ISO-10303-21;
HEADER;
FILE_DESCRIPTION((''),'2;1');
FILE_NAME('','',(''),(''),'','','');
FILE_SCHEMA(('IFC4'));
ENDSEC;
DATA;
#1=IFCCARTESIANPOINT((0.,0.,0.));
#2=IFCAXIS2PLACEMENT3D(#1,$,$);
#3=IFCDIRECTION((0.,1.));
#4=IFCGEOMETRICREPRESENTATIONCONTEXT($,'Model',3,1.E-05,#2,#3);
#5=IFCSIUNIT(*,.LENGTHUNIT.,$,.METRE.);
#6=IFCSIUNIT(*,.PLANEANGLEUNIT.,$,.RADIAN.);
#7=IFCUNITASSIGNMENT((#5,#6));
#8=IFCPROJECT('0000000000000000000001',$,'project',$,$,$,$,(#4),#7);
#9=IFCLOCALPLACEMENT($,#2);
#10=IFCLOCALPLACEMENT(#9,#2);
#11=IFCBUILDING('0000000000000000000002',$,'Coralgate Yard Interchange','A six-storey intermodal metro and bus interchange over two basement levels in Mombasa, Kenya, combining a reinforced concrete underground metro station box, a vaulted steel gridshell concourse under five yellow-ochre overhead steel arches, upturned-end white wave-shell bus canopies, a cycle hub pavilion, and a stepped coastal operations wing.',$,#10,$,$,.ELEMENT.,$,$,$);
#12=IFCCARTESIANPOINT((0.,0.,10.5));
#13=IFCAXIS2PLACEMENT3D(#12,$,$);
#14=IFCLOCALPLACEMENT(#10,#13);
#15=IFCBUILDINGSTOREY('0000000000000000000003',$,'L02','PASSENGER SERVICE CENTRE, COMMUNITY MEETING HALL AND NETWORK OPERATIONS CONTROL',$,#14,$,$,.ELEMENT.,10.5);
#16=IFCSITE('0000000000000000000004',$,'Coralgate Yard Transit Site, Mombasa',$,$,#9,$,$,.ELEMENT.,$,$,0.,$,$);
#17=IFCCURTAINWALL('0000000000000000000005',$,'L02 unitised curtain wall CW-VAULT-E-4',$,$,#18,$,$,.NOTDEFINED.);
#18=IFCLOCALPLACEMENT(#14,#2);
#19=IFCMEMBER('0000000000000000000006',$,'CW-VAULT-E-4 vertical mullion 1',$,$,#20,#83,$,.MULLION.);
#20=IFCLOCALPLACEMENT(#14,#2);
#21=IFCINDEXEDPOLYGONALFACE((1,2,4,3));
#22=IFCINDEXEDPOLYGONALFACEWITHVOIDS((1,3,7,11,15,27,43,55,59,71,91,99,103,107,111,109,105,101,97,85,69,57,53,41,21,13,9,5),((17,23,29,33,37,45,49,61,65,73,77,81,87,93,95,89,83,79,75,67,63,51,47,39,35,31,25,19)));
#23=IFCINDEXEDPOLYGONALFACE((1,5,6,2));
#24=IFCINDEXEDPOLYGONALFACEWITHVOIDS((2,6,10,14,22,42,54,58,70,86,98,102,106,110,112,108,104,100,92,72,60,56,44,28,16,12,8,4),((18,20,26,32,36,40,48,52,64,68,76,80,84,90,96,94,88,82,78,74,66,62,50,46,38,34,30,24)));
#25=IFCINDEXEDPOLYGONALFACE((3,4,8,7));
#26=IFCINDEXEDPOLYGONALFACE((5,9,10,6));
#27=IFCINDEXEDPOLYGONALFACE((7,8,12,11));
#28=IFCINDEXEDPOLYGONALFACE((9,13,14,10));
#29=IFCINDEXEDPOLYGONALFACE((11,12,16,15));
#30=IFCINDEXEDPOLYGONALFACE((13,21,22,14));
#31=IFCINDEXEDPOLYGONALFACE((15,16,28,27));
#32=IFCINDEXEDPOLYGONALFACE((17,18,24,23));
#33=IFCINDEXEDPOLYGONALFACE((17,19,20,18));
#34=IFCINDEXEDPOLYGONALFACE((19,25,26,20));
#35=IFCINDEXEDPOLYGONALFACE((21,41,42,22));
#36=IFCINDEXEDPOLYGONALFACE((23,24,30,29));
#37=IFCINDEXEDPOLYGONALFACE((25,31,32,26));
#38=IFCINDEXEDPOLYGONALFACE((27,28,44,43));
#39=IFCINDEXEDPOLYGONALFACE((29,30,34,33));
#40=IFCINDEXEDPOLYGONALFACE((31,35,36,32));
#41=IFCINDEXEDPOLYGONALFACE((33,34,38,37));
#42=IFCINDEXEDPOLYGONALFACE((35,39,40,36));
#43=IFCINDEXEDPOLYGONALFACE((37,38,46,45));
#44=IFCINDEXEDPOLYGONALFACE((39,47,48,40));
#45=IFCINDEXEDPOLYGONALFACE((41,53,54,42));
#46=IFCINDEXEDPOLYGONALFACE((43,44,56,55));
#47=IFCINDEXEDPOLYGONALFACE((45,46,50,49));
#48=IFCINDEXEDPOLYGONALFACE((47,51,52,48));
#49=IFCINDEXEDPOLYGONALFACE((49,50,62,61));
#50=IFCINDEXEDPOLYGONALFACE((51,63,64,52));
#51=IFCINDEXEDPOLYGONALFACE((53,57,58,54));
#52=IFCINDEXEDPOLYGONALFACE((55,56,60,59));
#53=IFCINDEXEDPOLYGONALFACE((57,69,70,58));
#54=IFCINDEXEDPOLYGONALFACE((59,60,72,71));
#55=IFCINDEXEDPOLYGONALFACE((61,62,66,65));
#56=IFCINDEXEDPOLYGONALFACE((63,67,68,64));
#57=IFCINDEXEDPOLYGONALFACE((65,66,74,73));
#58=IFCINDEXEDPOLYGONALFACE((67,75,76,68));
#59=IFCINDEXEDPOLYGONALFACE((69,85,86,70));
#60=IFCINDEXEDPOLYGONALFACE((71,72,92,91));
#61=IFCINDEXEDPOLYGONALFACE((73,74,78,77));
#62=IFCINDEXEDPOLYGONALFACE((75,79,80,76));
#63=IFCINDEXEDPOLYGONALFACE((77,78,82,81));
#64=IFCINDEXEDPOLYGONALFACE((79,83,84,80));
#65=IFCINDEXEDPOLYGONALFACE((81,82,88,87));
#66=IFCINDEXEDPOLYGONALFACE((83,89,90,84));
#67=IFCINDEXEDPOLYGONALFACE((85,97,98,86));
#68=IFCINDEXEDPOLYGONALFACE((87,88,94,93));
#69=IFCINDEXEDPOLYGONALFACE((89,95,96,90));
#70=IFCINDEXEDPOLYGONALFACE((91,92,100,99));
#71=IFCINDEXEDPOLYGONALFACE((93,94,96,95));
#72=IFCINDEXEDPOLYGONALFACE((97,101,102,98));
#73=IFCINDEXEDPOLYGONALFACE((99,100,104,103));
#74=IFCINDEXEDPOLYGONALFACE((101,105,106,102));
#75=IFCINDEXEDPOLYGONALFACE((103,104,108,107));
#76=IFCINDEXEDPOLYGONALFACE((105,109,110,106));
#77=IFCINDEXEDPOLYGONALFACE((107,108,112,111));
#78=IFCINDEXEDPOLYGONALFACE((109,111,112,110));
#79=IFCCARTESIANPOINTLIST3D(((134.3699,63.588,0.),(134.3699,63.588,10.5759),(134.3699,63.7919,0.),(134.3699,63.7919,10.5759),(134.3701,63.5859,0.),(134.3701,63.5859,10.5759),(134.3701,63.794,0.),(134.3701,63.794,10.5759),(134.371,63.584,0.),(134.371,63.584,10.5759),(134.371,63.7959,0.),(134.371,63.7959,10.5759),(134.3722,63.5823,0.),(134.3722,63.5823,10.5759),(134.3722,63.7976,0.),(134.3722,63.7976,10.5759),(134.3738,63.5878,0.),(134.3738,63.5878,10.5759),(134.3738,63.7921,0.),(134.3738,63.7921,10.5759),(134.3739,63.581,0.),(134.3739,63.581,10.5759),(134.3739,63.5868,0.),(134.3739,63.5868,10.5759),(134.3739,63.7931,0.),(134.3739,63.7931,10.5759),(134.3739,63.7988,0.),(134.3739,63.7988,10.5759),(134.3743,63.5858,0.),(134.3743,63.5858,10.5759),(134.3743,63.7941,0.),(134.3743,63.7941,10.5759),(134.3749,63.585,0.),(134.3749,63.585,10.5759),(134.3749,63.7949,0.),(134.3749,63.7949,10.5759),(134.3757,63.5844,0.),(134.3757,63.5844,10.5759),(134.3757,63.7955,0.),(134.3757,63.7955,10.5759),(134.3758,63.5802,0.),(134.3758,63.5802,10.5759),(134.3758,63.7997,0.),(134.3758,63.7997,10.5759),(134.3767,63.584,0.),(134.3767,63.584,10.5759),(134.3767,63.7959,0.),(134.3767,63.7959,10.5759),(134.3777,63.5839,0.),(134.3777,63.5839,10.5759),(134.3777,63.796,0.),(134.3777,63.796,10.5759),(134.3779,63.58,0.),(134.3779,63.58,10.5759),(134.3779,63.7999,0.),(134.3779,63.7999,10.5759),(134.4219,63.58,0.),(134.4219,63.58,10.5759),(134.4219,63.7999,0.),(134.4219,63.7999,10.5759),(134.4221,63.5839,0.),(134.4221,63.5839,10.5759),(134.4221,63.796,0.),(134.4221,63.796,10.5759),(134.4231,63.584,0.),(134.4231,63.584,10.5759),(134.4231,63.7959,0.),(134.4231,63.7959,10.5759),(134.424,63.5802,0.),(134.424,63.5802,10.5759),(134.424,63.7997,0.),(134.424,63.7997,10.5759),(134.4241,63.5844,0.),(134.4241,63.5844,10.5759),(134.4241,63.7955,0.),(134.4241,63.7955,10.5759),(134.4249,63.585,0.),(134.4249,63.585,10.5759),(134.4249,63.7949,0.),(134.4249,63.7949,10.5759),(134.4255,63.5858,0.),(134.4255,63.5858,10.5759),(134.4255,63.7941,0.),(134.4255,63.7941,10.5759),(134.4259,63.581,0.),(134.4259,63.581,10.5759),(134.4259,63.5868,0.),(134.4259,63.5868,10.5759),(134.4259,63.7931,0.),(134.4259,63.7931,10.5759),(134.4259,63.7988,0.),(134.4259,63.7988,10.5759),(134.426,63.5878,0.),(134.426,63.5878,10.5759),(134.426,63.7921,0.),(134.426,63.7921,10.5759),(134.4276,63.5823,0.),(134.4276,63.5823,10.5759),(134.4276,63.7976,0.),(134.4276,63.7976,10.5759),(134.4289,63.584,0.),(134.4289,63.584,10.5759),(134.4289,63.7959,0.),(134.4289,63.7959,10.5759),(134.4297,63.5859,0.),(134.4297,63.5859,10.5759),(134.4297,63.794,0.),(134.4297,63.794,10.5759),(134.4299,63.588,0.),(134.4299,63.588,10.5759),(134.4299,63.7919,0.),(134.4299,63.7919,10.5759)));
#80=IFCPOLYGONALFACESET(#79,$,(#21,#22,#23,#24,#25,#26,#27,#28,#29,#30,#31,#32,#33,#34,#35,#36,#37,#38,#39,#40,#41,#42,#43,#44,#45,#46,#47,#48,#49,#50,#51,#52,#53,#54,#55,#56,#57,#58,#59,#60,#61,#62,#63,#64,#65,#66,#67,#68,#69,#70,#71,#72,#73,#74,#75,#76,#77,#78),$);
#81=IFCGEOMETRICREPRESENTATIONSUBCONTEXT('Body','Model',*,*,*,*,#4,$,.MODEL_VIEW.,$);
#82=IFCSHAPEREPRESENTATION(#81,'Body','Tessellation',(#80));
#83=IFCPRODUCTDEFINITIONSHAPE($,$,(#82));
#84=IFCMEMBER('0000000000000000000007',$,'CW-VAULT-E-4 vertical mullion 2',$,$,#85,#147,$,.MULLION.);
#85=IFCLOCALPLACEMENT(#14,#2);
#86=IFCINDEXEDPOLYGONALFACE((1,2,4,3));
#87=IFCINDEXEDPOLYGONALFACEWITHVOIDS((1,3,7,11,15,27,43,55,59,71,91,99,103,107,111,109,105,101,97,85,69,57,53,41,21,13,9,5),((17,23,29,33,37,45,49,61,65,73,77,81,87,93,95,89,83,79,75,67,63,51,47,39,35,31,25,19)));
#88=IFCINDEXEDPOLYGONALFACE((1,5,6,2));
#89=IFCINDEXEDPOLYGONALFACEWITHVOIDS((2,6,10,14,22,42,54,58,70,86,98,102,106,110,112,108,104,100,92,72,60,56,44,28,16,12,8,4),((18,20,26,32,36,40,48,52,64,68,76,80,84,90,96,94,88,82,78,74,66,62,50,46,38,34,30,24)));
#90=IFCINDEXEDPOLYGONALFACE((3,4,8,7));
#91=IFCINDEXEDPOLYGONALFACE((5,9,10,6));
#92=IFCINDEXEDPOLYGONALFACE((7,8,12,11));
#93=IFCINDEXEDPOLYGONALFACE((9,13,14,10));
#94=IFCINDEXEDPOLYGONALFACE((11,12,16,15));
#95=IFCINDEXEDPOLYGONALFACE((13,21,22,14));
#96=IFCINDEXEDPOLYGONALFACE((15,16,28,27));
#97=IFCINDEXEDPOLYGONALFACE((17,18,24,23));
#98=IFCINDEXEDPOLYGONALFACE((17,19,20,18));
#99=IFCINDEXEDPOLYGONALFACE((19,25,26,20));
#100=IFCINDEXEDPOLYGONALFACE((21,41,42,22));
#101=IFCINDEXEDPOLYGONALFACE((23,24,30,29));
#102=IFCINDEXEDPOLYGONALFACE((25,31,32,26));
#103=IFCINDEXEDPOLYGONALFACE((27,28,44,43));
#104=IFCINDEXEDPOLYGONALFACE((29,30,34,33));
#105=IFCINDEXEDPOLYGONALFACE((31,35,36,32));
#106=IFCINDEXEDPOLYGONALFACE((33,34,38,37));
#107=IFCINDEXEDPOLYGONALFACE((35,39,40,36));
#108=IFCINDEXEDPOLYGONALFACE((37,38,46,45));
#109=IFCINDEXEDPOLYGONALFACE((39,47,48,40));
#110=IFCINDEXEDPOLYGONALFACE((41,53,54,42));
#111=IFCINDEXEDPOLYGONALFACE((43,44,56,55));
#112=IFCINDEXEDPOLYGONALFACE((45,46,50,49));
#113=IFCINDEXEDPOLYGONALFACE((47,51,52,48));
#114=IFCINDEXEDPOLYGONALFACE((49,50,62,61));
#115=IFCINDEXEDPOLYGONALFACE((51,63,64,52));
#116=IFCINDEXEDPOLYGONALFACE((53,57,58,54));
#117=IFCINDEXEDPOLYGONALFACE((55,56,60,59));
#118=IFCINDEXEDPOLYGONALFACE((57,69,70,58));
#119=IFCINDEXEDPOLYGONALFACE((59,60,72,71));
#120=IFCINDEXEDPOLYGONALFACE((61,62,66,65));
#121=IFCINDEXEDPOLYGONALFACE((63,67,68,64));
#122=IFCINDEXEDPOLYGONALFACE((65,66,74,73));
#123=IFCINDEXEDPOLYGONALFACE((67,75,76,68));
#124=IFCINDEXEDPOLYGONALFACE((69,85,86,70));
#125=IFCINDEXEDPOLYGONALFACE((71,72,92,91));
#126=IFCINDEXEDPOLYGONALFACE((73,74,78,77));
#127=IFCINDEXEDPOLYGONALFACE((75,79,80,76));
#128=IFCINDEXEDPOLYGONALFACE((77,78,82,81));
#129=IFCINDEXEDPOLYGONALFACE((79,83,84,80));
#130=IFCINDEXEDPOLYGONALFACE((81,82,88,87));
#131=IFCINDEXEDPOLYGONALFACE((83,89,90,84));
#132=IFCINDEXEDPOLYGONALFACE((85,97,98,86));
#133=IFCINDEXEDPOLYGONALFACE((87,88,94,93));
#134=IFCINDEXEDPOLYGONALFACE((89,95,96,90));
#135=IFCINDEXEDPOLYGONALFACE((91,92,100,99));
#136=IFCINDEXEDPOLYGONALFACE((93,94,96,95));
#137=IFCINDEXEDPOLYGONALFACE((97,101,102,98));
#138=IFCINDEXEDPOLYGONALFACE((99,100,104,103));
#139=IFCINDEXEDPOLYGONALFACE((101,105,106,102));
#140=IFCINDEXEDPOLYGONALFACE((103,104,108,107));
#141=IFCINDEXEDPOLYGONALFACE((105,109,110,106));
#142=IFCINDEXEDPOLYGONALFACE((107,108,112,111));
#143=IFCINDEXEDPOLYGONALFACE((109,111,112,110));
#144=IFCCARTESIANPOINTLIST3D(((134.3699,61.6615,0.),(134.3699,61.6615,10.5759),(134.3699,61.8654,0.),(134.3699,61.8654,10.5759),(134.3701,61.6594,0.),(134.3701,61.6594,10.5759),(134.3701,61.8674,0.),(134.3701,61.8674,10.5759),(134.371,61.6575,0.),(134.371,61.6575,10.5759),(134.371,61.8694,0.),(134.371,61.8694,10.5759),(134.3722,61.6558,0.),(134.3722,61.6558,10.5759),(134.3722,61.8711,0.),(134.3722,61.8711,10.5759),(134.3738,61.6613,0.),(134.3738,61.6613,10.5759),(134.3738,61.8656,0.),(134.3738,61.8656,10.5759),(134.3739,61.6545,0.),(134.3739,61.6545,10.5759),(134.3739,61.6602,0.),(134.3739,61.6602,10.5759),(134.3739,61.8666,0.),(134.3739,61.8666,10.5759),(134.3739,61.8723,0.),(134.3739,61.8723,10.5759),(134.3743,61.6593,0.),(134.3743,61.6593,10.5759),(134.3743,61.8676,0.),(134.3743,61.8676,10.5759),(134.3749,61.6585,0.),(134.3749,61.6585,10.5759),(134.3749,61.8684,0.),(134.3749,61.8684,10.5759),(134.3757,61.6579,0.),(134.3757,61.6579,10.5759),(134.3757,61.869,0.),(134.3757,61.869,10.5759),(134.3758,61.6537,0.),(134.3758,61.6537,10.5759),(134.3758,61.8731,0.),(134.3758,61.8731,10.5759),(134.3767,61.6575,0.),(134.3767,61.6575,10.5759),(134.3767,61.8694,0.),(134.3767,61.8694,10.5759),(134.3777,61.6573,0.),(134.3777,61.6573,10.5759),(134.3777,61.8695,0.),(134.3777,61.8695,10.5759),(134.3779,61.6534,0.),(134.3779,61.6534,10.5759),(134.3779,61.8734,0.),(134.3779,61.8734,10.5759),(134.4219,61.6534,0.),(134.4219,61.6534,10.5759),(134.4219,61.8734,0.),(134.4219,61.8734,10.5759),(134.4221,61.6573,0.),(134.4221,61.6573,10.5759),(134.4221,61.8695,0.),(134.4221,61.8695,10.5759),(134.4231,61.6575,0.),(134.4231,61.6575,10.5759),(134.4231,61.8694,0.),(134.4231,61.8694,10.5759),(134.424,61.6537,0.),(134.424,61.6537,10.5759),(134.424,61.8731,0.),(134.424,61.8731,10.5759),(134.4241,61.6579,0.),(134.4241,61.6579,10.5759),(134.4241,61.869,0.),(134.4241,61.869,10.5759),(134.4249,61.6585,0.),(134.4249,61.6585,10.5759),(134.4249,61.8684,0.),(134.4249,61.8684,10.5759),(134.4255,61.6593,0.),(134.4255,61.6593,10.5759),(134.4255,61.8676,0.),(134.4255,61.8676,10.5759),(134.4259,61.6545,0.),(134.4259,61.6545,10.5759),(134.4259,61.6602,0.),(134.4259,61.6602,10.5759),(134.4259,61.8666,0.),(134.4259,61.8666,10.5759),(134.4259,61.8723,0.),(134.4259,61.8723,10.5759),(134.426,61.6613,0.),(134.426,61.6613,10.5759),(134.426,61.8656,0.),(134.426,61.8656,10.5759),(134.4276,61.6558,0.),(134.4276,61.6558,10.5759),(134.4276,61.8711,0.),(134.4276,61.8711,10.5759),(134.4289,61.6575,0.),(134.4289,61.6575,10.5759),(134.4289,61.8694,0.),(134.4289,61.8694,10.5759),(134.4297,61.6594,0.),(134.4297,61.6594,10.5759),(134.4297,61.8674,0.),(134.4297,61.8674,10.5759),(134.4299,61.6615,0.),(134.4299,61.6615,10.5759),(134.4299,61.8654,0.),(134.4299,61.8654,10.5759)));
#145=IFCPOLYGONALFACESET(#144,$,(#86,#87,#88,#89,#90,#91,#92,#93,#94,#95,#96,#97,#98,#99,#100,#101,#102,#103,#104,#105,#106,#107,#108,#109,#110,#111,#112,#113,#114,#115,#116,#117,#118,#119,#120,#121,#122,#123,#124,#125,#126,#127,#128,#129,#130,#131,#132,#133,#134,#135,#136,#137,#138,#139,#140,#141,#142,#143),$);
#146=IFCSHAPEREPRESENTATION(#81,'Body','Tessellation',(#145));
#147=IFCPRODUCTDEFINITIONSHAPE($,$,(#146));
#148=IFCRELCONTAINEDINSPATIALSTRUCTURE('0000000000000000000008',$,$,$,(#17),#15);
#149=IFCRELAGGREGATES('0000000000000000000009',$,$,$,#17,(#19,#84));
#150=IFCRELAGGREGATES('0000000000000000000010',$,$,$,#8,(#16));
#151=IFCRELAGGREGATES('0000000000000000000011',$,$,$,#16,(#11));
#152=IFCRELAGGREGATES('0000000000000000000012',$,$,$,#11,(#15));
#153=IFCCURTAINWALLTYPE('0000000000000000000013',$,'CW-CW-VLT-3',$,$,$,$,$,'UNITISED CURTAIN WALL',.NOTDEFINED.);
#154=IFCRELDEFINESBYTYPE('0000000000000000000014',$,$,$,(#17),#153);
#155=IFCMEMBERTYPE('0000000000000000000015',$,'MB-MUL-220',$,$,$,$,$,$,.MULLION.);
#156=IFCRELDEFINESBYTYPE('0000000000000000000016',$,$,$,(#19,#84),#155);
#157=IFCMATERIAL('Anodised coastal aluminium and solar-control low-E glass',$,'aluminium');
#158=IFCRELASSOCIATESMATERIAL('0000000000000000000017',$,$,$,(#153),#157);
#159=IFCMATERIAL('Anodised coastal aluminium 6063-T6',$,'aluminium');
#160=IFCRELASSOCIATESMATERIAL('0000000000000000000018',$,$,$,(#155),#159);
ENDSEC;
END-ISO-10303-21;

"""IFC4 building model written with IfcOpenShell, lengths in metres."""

from ifc_helpers import new_model, si_unit, direction, frame, origin, origin_2d, place, context, subcontext, project, spatial, hollow_rectangle, extrude, material, material_profile, profile_set, type_object, element, aggregate, save


model = new_model("IFC4")

# Units and contexts
model_context = context("Model", 3, precision=1e-05, world=origin(), true_north=direction((0.0, 1.0)))
body_context = subcontext(model_context, "Body", "Model", "MODEL_VIEW")
ifc_project = project(units=[si_unit("LENGTHUNIT", "METRE"), si_unit("PLANEANGLEUNIT", "RADIAN")], contexts=[model_context])

# Site, building, storey
site_placement = place(None, origin())
site = spatial("IfcSite", under=ifc_project, at=site_placement, Name="Coralgate Yard Transit Site, Mombasa", CompositionType="ELEMENT", RefElevation=0.0)
building_placement = place(site_placement, origin())
building = spatial("IfcBuilding", under=site, at=building_placement, Name="Coralgate Yard Interchange", Description="A six-storey intermodal metro and bus interchange over two basement levels in Mombasa, Kenya, combining a reinforced concrete underground metro station box, a vaulted steel gridshell concourse under five yellow-ochre overhead steel arches, upturned-end white wave-shell bus canopies, a cycle hub pavilion, and a stepped coastal operations wing.", CompositionType="ELEMENT")
storey_placement = place(building_placement, frame((0.0, 0.0, 10.5)))
storey = spatial("IfcBuildingStorey", under=building, at=storey_placement, Name="L02", Description="PASSENGER SERVICE CENTRE, COMMUNITY MEETING HALL AND NETWORK OPERATIONS CONTROL", CompositionType="ELEMENT", Elevation=10.5)

# Curtain wall, members
ifc_material_1 = material(Name="Anodised coastal aluminium and solar-control low-E glass", Category="aluminium")
curtain_wall_type_1 = type_object("IfcCurtainWallType", Name="CW-CW-VLT-3", ElementType="UNITISED CURTAIN WALL", PredefinedType="NOTDEFINED", material=ifc_material_1)
ifc_material_2 = material(Name="Anodised coastal aluminium 6063-T6", Category="aluminium")
ifc_material_profile_1 = material_profile(ifc_material_2, hollow_rectangle(XDim=0.0601, YDim=0.22, WallThickness=0.0039, InnerFilletRadius=0.0039, OuterFilletRadius=0.0081, at=origin_2d()), Name="ALU 60x220x4")
ifc_profile_set_1 = profile_set([ifc_material_profile_1], Name="Anodised coastal aluminium 6063-T6")
member_type_1 = type_object("IfcMemberType", Name="MB-MUL-220", PredefinedType="MULLION", material=ifc_profile_set_1)
curtain_wall_1_placement = place(storey_placement, origin())
curtain_wall_1 = element("IfcCurtainWall", 1, at=curtain_wall_1_placement, inside=storey, type_object=curtain_wall_type_1, Name="L02 unitised curtain wall CW-VAULT-E-4", PredefinedType="NOTDEFINED")
member_1_placement = place(storey_placement, frame((134.3999, 63.6899, 0.0), z_axis=(0.0, 0.0, 1.0), x_axis=(1.0, 0.0, 0.0)))
member_1 = element("IfcMember", 2, at=member_1_placement, type_object=member_type_1, Name="CW-VAULT-E-4 vertical mullion 1", PredefinedType="MULLION", context=body_context, shape_type="SweptSolid", body=[
    extrude(hollow_rectangle(XDim=0.0601, YDim=0.22, WallThickness=0.0039, InnerFilletRadius=0.0039, OuterFilletRadius=0.0081, at=origin_2d()), origin(), (0.0, 0.0, 1.0), 10.5759),
])
member_2_placement = place(storey_placement, frame((134.3999, 61.7634, 0.0), z_axis=(0.0, 0.0, 1.0), x_axis=(1.0, 0.0, 0.0)))
member_2 = element("IfcMember", 3, at=member_2_placement, type_object=member_type_1, Name="CW-VAULT-E-4 vertical mullion 2", PredefinedType="MULLION", context=body_context, shape_type="SweptSolid", body=[
    extrude(hollow_rectangle(XDim=0.0601, YDim=0.22, WallThickness=0.0039, InnerFilletRadius=0.0039, OuterFilletRadius=0.0081, at=origin_2d()), origin(), (0.0, 0.0, 1.0), 10.5759),
])

aggregate(curtain_wall_1, [member_1, member_2])

save(model, "model.ifc")
